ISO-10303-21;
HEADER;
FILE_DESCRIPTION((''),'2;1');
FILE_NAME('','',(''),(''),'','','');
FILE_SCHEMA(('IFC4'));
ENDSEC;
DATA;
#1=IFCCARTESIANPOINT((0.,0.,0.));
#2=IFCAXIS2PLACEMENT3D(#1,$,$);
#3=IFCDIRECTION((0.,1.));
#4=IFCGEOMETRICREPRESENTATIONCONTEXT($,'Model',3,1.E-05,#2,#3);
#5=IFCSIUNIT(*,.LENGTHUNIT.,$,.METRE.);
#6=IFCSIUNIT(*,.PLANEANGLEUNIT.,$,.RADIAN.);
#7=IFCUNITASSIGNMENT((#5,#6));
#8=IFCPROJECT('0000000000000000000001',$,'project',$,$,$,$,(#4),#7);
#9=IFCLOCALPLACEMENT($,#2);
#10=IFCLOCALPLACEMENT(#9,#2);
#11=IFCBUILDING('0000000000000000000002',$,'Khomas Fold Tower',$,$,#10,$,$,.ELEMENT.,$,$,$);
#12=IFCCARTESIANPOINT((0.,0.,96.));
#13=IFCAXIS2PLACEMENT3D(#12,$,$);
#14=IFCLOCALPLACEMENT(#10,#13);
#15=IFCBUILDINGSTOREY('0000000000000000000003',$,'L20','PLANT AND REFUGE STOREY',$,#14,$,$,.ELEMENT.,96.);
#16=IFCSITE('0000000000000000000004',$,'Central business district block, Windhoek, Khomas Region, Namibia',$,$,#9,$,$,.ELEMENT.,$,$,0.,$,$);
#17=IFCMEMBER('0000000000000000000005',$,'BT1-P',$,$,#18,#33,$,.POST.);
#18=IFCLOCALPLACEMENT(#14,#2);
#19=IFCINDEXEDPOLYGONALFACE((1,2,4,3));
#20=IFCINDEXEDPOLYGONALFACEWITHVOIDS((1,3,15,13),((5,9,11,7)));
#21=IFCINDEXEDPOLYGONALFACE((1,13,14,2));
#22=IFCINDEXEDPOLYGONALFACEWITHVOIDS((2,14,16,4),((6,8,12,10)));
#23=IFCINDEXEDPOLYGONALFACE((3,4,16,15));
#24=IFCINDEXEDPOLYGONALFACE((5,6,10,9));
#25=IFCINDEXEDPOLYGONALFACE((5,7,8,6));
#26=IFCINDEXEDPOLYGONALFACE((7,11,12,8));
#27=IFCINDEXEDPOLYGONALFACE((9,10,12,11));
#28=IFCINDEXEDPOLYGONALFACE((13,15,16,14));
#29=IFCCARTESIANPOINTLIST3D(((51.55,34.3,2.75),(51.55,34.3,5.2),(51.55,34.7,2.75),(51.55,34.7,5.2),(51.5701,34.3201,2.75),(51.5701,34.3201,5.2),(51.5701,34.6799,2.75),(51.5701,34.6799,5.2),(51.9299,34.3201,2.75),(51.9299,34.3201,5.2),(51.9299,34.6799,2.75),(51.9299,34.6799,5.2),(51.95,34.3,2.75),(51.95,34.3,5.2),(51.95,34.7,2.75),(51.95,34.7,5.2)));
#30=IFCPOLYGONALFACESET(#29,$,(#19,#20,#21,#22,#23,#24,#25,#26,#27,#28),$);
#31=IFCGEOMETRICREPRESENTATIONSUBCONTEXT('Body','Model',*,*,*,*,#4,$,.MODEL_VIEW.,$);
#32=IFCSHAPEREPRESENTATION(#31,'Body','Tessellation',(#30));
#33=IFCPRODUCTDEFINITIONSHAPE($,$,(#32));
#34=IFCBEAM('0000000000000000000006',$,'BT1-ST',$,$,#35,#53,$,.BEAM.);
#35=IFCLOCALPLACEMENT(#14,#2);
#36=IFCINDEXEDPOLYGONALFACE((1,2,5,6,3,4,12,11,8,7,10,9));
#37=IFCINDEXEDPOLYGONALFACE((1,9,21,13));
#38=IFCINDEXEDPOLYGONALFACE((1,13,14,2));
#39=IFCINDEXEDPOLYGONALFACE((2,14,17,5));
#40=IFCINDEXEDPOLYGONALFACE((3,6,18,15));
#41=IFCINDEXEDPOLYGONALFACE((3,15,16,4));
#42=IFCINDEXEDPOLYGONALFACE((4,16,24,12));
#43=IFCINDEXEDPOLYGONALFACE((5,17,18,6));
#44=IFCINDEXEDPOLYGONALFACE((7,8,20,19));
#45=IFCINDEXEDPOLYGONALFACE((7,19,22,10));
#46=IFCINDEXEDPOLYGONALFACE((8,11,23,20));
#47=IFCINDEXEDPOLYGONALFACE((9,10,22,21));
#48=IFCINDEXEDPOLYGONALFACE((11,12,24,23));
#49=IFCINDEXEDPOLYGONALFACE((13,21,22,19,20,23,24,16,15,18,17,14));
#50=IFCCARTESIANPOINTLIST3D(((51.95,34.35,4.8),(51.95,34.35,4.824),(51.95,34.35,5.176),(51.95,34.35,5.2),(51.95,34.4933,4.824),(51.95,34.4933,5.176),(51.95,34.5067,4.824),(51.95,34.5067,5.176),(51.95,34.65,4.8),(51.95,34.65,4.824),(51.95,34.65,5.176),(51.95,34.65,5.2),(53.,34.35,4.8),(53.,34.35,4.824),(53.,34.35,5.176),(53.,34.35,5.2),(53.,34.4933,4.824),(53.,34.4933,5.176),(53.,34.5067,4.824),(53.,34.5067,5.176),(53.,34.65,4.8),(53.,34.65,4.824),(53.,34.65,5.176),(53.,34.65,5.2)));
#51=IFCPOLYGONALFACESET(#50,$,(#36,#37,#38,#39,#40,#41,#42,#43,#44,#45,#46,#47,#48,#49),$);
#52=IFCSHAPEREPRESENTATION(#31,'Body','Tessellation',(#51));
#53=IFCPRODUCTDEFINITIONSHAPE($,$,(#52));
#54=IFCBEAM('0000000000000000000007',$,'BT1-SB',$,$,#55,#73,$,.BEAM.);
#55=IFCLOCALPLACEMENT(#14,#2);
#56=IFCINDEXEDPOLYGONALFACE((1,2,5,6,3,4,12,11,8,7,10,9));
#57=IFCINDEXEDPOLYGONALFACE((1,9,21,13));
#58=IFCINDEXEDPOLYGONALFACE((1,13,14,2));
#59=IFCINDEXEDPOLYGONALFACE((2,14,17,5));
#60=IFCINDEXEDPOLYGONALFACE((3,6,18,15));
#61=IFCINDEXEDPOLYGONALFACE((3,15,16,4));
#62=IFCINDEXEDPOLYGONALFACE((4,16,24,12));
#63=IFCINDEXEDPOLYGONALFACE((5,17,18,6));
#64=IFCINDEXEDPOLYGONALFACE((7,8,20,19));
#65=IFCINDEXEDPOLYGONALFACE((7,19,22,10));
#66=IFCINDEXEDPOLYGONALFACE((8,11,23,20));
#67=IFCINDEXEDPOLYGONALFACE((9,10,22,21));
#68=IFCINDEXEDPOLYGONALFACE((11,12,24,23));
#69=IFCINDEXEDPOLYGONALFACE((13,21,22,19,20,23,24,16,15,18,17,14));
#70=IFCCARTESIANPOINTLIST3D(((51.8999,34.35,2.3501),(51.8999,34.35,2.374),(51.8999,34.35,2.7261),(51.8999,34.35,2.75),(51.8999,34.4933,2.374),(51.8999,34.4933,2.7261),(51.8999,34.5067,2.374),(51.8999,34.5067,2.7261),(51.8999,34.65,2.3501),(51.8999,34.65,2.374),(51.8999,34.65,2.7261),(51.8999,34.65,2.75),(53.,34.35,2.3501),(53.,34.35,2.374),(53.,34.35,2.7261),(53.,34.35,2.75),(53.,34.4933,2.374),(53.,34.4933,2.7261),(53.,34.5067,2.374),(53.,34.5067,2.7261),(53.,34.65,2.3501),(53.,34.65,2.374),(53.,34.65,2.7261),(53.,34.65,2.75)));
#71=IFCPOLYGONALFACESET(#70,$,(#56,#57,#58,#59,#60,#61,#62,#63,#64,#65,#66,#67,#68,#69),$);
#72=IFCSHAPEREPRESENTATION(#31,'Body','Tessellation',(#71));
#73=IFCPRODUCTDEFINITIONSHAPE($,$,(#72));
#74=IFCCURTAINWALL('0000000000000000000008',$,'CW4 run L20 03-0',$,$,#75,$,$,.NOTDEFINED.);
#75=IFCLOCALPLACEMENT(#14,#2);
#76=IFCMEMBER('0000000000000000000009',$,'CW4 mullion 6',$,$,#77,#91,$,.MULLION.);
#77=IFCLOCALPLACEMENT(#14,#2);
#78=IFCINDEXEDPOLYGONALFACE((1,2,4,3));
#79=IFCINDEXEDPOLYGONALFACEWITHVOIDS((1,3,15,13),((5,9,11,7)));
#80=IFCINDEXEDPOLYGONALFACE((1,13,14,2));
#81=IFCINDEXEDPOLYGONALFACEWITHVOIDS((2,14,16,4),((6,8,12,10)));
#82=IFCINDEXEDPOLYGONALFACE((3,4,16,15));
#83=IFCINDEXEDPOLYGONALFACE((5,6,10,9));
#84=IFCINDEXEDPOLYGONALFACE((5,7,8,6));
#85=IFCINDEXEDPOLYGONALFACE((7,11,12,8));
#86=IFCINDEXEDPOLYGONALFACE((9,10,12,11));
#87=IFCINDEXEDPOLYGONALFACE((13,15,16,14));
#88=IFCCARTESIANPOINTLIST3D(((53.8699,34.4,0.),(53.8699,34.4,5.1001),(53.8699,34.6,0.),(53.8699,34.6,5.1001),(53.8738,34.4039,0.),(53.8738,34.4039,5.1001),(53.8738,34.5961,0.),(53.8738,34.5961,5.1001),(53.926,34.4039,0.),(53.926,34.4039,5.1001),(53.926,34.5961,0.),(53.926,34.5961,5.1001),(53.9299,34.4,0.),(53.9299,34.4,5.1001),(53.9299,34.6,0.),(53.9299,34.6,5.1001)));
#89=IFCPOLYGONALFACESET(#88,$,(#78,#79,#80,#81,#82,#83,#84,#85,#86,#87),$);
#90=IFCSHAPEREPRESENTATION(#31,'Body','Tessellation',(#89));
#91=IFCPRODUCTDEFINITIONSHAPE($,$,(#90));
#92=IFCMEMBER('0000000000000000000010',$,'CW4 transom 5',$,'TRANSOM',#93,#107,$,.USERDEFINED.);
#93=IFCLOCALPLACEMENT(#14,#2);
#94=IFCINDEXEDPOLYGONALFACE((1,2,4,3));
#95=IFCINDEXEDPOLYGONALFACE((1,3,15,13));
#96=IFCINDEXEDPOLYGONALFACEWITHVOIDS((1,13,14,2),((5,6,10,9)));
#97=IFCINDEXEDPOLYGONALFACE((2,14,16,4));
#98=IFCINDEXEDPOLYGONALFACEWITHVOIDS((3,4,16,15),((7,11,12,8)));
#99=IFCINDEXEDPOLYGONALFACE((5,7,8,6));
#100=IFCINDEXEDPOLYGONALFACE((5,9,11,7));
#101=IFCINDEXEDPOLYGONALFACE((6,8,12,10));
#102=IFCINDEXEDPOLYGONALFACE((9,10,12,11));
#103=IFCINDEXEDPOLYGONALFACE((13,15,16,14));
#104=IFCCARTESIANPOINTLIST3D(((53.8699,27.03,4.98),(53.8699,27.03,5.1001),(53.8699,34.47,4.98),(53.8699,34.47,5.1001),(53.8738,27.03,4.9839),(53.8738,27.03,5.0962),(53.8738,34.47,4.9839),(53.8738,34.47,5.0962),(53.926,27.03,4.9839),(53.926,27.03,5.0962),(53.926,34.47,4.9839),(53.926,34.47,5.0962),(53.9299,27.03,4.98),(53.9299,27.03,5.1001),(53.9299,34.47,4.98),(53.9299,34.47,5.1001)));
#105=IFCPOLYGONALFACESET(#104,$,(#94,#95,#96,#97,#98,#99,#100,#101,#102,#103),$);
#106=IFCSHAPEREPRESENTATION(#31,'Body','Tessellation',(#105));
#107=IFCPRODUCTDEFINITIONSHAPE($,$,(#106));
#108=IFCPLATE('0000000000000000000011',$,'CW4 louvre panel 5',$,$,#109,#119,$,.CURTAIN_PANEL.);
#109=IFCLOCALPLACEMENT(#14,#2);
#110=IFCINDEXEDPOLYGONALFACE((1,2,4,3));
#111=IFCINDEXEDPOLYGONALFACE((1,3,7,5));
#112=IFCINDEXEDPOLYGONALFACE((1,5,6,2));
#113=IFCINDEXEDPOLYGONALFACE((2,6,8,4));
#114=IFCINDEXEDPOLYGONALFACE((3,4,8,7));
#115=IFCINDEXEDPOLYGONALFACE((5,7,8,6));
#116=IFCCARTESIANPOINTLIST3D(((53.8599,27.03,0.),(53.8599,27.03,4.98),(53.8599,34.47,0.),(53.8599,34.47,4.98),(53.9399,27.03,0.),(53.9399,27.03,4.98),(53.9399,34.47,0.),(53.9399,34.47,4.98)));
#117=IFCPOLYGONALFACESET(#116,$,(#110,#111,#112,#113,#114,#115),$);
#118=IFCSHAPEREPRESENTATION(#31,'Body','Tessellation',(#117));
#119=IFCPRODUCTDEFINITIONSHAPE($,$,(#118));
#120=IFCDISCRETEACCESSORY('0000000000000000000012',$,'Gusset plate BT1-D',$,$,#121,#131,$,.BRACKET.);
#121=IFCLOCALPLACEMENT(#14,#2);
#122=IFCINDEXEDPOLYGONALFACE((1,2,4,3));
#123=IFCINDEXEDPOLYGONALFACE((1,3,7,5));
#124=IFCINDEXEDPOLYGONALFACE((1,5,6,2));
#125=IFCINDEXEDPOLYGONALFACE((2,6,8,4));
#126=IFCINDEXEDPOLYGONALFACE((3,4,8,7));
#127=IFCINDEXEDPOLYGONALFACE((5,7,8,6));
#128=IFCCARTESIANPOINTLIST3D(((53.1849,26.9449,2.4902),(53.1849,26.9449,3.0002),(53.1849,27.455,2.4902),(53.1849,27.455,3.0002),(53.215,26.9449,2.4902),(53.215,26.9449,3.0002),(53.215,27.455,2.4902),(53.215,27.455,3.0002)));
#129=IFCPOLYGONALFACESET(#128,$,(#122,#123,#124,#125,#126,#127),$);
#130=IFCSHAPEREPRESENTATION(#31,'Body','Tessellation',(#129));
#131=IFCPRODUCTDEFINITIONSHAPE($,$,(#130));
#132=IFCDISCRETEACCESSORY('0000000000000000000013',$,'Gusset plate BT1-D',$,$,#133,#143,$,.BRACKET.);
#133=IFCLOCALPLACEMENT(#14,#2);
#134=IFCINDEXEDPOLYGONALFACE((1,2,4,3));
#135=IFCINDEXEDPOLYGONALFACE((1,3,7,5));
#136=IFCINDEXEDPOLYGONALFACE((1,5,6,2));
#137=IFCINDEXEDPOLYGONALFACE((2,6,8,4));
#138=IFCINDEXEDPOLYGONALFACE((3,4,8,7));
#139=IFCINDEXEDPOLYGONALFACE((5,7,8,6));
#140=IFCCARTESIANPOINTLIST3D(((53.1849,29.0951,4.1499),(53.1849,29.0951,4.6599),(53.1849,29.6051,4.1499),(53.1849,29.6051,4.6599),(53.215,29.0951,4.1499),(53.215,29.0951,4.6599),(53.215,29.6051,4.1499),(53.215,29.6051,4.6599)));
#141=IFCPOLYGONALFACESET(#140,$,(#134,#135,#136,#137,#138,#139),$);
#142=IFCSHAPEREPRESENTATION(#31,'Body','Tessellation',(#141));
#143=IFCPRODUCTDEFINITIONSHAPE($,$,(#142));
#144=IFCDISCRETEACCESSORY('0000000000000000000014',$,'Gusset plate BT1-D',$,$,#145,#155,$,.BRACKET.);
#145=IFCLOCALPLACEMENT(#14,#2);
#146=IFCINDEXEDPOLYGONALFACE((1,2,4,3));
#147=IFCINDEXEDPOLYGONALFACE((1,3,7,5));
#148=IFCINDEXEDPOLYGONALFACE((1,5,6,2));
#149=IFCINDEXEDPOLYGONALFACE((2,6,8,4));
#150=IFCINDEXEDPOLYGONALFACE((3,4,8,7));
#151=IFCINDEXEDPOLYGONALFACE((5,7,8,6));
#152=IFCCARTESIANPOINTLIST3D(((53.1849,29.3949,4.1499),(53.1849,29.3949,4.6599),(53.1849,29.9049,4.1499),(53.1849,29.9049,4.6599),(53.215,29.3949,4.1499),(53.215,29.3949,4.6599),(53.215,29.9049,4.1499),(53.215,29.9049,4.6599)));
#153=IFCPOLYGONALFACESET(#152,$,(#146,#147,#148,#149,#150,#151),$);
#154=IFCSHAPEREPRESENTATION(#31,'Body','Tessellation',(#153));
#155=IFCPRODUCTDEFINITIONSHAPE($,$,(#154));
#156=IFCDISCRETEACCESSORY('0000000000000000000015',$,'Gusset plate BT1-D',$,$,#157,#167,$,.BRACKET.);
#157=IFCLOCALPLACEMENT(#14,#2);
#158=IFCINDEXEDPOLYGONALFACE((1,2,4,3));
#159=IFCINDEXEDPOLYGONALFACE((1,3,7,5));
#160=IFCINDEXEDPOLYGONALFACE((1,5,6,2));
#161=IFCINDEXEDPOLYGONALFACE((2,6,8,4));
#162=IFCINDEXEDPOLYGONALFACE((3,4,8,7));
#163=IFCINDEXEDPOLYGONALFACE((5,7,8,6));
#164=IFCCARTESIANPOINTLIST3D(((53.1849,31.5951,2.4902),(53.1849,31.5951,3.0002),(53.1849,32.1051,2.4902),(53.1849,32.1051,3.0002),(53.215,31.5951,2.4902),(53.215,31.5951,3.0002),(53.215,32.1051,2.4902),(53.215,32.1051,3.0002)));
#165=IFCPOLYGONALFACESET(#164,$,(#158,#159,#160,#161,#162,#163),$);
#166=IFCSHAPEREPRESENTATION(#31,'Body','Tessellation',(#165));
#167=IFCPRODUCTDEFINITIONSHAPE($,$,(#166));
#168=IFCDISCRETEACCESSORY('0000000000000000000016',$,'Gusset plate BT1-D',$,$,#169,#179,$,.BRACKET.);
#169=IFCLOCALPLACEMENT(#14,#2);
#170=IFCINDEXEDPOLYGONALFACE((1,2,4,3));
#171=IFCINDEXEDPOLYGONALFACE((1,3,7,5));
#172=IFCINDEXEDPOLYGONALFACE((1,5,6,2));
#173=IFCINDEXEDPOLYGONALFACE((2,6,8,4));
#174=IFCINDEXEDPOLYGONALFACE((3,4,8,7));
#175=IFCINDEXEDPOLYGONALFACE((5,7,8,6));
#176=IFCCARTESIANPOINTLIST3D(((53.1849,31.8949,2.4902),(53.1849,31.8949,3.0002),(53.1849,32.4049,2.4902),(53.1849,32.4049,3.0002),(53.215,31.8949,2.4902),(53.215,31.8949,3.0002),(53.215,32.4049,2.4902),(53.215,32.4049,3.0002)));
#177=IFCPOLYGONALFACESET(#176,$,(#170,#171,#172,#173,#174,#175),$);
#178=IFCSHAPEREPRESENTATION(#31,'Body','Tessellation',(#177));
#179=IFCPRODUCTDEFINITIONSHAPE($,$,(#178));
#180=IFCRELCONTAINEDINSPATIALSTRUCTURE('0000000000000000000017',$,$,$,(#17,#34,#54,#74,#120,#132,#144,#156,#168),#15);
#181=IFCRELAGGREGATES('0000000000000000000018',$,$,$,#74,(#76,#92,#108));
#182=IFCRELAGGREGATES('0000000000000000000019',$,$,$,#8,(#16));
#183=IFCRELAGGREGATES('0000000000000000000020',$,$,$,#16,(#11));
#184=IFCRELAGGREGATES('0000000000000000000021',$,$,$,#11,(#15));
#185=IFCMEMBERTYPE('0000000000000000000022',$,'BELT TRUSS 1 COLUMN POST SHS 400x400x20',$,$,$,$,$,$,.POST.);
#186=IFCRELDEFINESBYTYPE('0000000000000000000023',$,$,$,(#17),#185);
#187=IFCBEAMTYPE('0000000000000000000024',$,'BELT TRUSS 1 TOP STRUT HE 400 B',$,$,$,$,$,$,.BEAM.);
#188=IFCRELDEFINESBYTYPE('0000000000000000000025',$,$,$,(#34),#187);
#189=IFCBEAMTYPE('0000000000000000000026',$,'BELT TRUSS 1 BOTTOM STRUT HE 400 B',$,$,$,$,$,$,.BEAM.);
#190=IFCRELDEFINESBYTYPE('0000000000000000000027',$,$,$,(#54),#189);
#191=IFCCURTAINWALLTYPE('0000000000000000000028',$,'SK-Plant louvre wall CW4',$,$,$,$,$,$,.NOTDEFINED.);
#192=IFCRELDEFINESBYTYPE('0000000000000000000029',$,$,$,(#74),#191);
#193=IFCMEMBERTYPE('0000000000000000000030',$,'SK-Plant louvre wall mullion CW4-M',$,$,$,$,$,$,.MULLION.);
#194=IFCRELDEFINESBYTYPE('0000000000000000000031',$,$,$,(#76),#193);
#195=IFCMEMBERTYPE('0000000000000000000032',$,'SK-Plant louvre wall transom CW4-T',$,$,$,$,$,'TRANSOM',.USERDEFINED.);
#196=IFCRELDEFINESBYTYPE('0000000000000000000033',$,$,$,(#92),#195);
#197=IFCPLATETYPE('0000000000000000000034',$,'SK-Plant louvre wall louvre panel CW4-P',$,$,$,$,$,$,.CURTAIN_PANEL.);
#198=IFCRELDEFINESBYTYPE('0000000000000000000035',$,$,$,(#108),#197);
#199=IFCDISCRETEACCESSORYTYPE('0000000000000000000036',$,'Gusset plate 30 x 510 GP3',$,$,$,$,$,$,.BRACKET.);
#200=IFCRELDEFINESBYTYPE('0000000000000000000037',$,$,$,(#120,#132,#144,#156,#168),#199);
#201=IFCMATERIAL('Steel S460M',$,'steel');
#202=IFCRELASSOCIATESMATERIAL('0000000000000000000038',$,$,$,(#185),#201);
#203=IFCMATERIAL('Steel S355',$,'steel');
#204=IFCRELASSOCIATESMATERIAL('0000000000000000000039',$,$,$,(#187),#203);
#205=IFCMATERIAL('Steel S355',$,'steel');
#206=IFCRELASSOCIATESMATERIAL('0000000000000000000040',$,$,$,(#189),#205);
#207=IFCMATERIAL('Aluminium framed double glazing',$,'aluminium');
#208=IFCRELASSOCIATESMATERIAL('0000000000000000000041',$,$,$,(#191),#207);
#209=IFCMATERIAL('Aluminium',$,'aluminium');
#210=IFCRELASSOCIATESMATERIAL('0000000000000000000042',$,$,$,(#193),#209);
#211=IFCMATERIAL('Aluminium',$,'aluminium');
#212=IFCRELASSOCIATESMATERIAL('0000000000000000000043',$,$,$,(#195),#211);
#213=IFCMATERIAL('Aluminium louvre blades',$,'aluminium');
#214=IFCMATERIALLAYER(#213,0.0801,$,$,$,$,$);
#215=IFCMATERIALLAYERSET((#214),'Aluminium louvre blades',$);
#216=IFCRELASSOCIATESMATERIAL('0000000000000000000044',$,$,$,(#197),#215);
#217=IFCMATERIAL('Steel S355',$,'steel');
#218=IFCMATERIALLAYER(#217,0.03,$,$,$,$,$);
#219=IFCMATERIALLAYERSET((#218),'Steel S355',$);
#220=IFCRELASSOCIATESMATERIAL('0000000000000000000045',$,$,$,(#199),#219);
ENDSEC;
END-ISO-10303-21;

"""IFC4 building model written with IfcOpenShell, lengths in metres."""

from ifc_helpers import new_model, si_unit, direction, frame, origin, origin_2d, place, context, subcontext, project, spatial, rectangle, hollow_rectangle, i_section, extrude, source, transform, mapped, material, layer, layer_set, material_profile, profile_set, type_object, element, aggregate, save


model = new_model("IFC4")

# Units and contexts
model_context = context("Model", 3, precision=1e-05, world=origin(), true_north=direction((0.0, 1.0)))
body_context = subcontext(model_context, "Body", "Model", "MODEL_VIEW")
ifc_project = project(units=[si_unit("LENGTHUNIT", "METRE"), si_unit("PLANEANGLEUNIT", "RADIAN")], contexts=[model_context])

# Site, building, storey
site_placement = place(None, origin())
site = spatial("IfcSite", under=ifc_project, at=site_placement, Name="Central business district block, Windhoek, Khomas Region, Namibia", CompositionType="ELEMENT", RefElevation=0.0)
building_placement = place(site_placement, origin())
building = spatial("IfcBuilding", under=site, at=building_placement, Name="Khomas Fold Tower", CompositionType="ELEMENT")
storey_placement = place(building_placement, frame((0.0, 0.0, 96.0)))
storey = spatial("IfcBuildingStorey", under=building, at=storey_placement, Name="L20", Description="PLANT AND REFUGE STOREY", CompositionType="ELEMENT", Elevation=96.0)

# Member
ifc_material_1 = material(Name="Steel S460M", Category="steel")
ifc_material_profile_1 = material_profile(ifc_material_1, hollow_rectangle(XDim=0.3999, YDim=0.3999, WallThickness=0.02, at=origin_2d()), Name="SHS 400x400x20")
ifc_profile_set_1 = profile_set([ifc_material_profile_1], Name="Steel S460M")
member_type_1 = type_object("IfcMemberType", Name="BELT TRUSS 1 COLUMN POST SHS 400x400x20", PredefinedType="POST", material=ifc_profile_set_1)
shared_shape_1 = source(origin(), body_context, "Body", "SweptSolid", [
    extrude(hollow_rectangle(XDim=0.3999, YDim=0.3999, WallThickness=0.02, at=origin_2d()), origin(), (0.0, 0.0, 1.0), 2.45),
])
member_1_placement = place(storey_placement, frame((51.75, 34.5, 2.75), z_axis=(0.0, 0.0, 1.0), x_axis=(1.0, 0.0, 0.0)))
element("IfcMember", 1, at=member_1_placement, inside=storey, type_object=member_type_1, Name="BT1-P", PredefinedType="POST", context=body_context, shape_type="MappedRepresentation", body=[
    mapped(shared_shape_1, transform((0.0, 0.0, 0.0))),
])

# Beams
ifc_material_2 = material(Name="Steel S355", Category="steel")
ifc_material_profile_2 = material_profile(ifc_material_2, i_section(OverallWidth=0.3, OverallDepth=0.3999, WebThickness=0.0134, FlangeThickness=0.0239, at=origin_2d()), Name="HE 400 B")
ifc_profile_set_2 = profile_set([ifc_material_profile_2], Name="Steel S355")
beam_type_1 = type_object("IfcBeamType", Name="BELT TRUSS 1 TOP STRUT HE 400 B", PredefinedType="BEAM", material=ifc_profile_set_2)
shared_shape_2 = source(origin(), body_context, "Body", "SweptSolid", [
    extrude(i_section(OverallWidth=0.3, OverallDepth=0.3999, WebThickness=0.0134, FlangeThickness=0.0239, at=origin_2d()), origin(), (0.0, 0.0, 1.0), 1.05),
])
beam_1_placement = place(storey_placement, frame((51.95, 34.5, 5.0), z_axis=(1.0, 0.0, 0.0), x_axis=(0.0, 1.0, 0.0)))
element("IfcBeam", 2, at=beam_1_placement, inside=storey, type_object=beam_type_1, Name="BT1-ST", PredefinedType="BEAM", context=body_context, shape_type="MappedRepresentation", body=[
    mapped(shared_shape_2, transform((0.0, 0.0, 0.0))),
])
ifc_material_3 = material(Name="Steel S355", Category="steel")
ifc_material_profile_3 = material_profile(ifc_material_3, i_section(OverallWidth=0.3, OverallDepth=0.3999, WebThickness=0.0134, FlangeThickness=0.0239, at=origin_2d()), Name="HE 400 B")
ifc_profile_set_3 = profile_set([ifc_material_profile_3], Name="Steel S355")
beam_type_2 = type_object("IfcBeamType", Name="BELT TRUSS 1 BOTTOM STRUT HE 400 B", PredefinedType="BEAM", material=ifc_profile_set_3)
shared_shape_3 = source(origin(), body_context, "Body", "SweptSolid", [
    extrude(i_section(OverallWidth=0.3, OverallDepth=0.3999, WebThickness=0.0134, FlangeThickness=0.0239, at=origin_2d()), origin(), (0.0, 0.0, 1.0), 1.1001),
])
beam_2_placement = place(storey_placement, frame((51.8999, 34.5, 2.55), z_axis=(1.0, 0.0, 0.0), x_axis=(0.0, 1.0, 0.0)))
element("IfcBeam", 3, at=beam_2_placement, inside=storey, type_object=beam_type_2, Name="BT1-SB", PredefinedType="BEAM", context=body_context, shape_type="MappedRepresentation", body=[
    mapped(shared_shape_3, transform((0.0, 0.0, 0.0))),
])

# Curtain wall, members, plate
ifc_material_4 = material(Name="Aluminium framed double glazing", Category="aluminium")
curtain_wall_type = type_object("IfcCurtainWallType", Name="SK-Plant louvre wall CW4", PredefinedType="NOTDEFINED", material=ifc_material_4)
curtain_wall_placement = place(storey_placement, origin())
curtain_wall = element("IfcCurtainWall", 4, at=curtain_wall_placement, inside=storey, type_object=curtain_wall_type, Name="CW4 run L20 03-0", PredefinedType="NOTDEFINED")
ifc_material_5 = material(Name="Aluminium", Category="aluminium")
ifc_material_profile_4 = material_profile(ifc_material_5, hollow_rectangle(XDim=0.0601, YDim=0.2, WallThickness=0.0039, at=origin_2d()), Name="SK-Plant louvre wall mullion CW4-M")
ifc_profile_set_4 = profile_set([ifc_material_profile_4], Name="Aluminium")
member_type_2 = type_object("IfcMemberType", Name="SK-Plant louvre wall mullion CW4-M", PredefinedType="MULLION", material=ifc_profile_set_4)
shared_shape_4 = source(origin(), body_context, "Body", "SweptSolid", [
    extrude(hollow_rectangle(XDim=0.0601, YDim=0.2, WallThickness=0.0039, at=origin_2d()), origin(), (0.0, 0.0, 1.0), 5.1001),
])
member_2_placement = place(storey_placement, frame((53.8999, 34.5, 0.0), z_axis=(0.0, 0.0, 1.0), x_axis=(-1.0, 0.0, 0.0)))
member_2 = element("IfcMember", 5, at=member_2_placement, type_object=member_type_2, Name="CW4 mullion 6", PredefinedType="MULLION", context=body_context, shape_type="MappedRepresentation", body=[
    mapped(shared_shape_4, transform((0.0, 0.0, 0.0))),
])
ifc_material_6 = material(Name="Aluminium", Category="aluminium")
ifc_material_profile_5 = material_profile(ifc_material_6, hollow_rectangle(XDim=0.0601, YDim=0.1201, WallThickness=0.0039, at=origin_2d()), Name="SK-Plant louvre wall transom CW4-T")
ifc_profile_set_5 = profile_set([ifc_material_profile_5], Name="Aluminium")
member_type_3 = type_object("IfcMemberType", Name="SK-Plant louvre wall transom CW4-T", ElementType="TRANSOM", PredefinedType="USERDEFINED", material=ifc_profile_set_5)
shared_shape_5 = source(origin(), body_context, "Body", "SweptSolid", [
    extrude(hollow_rectangle(XDim=0.0601, YDim=0.1201, WallThickness=0.0039, at=origin_2d()), origin(), (0.0, 0.0, 1.0), 7.4399),
])
member_3_placement = place(storey_placement, frame((53.8999, 27.03, 5.04), z_axis=(0.0, 1.0, 0.0), x_axis=(-1.0, 0.0, 0.0)))
member_3 = element("IfcMember", 6, at=member_3_placement, type_object=member_type_3, Name="CW4 transom 5", ObjectType="TRANSOM", PredefinedType="USERDEFINED", context=body_context, shape_type="MappedRepresentation", body=[
    mapped(shared_shape_5, transform((0.0, 0.0, 0.0))),
])
ifc_material_7 = material(Name="Aluminium louvre blades", Category="aluminium")
ifc_layer_1 = layer(ifc_material_7, 0.0801)
ifc_layer_set_1 = layer_set([ifc_layer_1], Name="Aluminium louvre blades")
plate_type = type_object("IfcPlateType", Name="SK-Plant louvre wall louvre panel CW4-P", PredefinedType="CURTAIN_PANEL", material=ifc_layer_set_1)
shared_shape_6 = source(origin(), body_context, "Body", "SweptSolid", [
    extrude(rectangle(XDim=7.4399, YDim=0.0801, at=origin_2d()), origin(), (0.0, 0.0, 1.0), 4.98),
])
plate_placement = place(storey_placement, frame((53.8999, 30.75, 0.0), z_axis=(0.0, 0.0, 1.0), x_axis=(0.0, 1.0, 0.0)))
plate = element("IfcPlate", 7, at=plate_placement, type_object=plate_type, Name="CW4 louvre panel 5", PredefinedType="CURTAIN_PANEL", context=body_context, shape_type="MappedRepresentation", body=[
    mapped(shared_shape_6, transform((0.0, 0.0, 0.0))),
])
aggregate(curtain_wall, [member_2, member_3, plate])

# Discrete accessories
ifc_material_8 = material(Name="Steel S355", Category="steel")
ifc_layer_2 = layer(ifc_material_8, 0.03)
ifc_layer_set_2 = layer_set([ifc_layer_2], Name="Steel S355")
discrete_accessory_type = type_object("IfcDiscreteAccessoryType", Name="Gusset plate 30 x 510 GP3", PredefinedType="BRACKET", material=ifc_layer_set_2)
shared_shape_7 = source(origin(), body_context, "Body", "SweptSolid", [
    extrude(rectangle(XDim=0.51, YDim=0.03, at=origin_2d()), origin(), (0.0, 0.0, 1.0), 0.51),
])
for number, where, z_axis, x_axis, name in (
    (8, (53.2, 27.2, 2.4902), (0.0, 0.0, 1.0), (0.0, 1.0, 0.0), "Gusset plate BT1-D"),
    (9, (53.2, 29.3501, 4.1499), (0.0, 0.0, 1.0), (0.0, 1.0, 0.0), "Gusset plate BT1-D"),
    (10, (53.2, 29.6499, 4.1499), (0.0, 0.0, 1.0), (0.0, 1.0, 0.0), "Gusset plate BT1-D"),
    (11, (53.2, 31.8501, 2.4902), (0.0, 0.0, 1.0), (0.0, 1.0, 0.0), "Gusset plate BT1-D"),
    (12, (53.2, 32.1499, 2.4902), (0.0, 0.0, 1.0), (0.0, 1.0, 0.0), "Gusset plate BT1-D"),
):
    element("IfcDiscreteAccessory", number, at=place(storey_placement, frame(where, z_axis=z_axis, x_axis=x_axis)), inside=storey, type_object=discrete_accessory_type, Name=name, PredefinedType="BRACKET", context=body_context, shape_type="MappedRepresentation", body=[
        mapped(shared_shape_7, transform((0.0, 0.0, 0.0))),
    ])

save(model, "model.ifc")
